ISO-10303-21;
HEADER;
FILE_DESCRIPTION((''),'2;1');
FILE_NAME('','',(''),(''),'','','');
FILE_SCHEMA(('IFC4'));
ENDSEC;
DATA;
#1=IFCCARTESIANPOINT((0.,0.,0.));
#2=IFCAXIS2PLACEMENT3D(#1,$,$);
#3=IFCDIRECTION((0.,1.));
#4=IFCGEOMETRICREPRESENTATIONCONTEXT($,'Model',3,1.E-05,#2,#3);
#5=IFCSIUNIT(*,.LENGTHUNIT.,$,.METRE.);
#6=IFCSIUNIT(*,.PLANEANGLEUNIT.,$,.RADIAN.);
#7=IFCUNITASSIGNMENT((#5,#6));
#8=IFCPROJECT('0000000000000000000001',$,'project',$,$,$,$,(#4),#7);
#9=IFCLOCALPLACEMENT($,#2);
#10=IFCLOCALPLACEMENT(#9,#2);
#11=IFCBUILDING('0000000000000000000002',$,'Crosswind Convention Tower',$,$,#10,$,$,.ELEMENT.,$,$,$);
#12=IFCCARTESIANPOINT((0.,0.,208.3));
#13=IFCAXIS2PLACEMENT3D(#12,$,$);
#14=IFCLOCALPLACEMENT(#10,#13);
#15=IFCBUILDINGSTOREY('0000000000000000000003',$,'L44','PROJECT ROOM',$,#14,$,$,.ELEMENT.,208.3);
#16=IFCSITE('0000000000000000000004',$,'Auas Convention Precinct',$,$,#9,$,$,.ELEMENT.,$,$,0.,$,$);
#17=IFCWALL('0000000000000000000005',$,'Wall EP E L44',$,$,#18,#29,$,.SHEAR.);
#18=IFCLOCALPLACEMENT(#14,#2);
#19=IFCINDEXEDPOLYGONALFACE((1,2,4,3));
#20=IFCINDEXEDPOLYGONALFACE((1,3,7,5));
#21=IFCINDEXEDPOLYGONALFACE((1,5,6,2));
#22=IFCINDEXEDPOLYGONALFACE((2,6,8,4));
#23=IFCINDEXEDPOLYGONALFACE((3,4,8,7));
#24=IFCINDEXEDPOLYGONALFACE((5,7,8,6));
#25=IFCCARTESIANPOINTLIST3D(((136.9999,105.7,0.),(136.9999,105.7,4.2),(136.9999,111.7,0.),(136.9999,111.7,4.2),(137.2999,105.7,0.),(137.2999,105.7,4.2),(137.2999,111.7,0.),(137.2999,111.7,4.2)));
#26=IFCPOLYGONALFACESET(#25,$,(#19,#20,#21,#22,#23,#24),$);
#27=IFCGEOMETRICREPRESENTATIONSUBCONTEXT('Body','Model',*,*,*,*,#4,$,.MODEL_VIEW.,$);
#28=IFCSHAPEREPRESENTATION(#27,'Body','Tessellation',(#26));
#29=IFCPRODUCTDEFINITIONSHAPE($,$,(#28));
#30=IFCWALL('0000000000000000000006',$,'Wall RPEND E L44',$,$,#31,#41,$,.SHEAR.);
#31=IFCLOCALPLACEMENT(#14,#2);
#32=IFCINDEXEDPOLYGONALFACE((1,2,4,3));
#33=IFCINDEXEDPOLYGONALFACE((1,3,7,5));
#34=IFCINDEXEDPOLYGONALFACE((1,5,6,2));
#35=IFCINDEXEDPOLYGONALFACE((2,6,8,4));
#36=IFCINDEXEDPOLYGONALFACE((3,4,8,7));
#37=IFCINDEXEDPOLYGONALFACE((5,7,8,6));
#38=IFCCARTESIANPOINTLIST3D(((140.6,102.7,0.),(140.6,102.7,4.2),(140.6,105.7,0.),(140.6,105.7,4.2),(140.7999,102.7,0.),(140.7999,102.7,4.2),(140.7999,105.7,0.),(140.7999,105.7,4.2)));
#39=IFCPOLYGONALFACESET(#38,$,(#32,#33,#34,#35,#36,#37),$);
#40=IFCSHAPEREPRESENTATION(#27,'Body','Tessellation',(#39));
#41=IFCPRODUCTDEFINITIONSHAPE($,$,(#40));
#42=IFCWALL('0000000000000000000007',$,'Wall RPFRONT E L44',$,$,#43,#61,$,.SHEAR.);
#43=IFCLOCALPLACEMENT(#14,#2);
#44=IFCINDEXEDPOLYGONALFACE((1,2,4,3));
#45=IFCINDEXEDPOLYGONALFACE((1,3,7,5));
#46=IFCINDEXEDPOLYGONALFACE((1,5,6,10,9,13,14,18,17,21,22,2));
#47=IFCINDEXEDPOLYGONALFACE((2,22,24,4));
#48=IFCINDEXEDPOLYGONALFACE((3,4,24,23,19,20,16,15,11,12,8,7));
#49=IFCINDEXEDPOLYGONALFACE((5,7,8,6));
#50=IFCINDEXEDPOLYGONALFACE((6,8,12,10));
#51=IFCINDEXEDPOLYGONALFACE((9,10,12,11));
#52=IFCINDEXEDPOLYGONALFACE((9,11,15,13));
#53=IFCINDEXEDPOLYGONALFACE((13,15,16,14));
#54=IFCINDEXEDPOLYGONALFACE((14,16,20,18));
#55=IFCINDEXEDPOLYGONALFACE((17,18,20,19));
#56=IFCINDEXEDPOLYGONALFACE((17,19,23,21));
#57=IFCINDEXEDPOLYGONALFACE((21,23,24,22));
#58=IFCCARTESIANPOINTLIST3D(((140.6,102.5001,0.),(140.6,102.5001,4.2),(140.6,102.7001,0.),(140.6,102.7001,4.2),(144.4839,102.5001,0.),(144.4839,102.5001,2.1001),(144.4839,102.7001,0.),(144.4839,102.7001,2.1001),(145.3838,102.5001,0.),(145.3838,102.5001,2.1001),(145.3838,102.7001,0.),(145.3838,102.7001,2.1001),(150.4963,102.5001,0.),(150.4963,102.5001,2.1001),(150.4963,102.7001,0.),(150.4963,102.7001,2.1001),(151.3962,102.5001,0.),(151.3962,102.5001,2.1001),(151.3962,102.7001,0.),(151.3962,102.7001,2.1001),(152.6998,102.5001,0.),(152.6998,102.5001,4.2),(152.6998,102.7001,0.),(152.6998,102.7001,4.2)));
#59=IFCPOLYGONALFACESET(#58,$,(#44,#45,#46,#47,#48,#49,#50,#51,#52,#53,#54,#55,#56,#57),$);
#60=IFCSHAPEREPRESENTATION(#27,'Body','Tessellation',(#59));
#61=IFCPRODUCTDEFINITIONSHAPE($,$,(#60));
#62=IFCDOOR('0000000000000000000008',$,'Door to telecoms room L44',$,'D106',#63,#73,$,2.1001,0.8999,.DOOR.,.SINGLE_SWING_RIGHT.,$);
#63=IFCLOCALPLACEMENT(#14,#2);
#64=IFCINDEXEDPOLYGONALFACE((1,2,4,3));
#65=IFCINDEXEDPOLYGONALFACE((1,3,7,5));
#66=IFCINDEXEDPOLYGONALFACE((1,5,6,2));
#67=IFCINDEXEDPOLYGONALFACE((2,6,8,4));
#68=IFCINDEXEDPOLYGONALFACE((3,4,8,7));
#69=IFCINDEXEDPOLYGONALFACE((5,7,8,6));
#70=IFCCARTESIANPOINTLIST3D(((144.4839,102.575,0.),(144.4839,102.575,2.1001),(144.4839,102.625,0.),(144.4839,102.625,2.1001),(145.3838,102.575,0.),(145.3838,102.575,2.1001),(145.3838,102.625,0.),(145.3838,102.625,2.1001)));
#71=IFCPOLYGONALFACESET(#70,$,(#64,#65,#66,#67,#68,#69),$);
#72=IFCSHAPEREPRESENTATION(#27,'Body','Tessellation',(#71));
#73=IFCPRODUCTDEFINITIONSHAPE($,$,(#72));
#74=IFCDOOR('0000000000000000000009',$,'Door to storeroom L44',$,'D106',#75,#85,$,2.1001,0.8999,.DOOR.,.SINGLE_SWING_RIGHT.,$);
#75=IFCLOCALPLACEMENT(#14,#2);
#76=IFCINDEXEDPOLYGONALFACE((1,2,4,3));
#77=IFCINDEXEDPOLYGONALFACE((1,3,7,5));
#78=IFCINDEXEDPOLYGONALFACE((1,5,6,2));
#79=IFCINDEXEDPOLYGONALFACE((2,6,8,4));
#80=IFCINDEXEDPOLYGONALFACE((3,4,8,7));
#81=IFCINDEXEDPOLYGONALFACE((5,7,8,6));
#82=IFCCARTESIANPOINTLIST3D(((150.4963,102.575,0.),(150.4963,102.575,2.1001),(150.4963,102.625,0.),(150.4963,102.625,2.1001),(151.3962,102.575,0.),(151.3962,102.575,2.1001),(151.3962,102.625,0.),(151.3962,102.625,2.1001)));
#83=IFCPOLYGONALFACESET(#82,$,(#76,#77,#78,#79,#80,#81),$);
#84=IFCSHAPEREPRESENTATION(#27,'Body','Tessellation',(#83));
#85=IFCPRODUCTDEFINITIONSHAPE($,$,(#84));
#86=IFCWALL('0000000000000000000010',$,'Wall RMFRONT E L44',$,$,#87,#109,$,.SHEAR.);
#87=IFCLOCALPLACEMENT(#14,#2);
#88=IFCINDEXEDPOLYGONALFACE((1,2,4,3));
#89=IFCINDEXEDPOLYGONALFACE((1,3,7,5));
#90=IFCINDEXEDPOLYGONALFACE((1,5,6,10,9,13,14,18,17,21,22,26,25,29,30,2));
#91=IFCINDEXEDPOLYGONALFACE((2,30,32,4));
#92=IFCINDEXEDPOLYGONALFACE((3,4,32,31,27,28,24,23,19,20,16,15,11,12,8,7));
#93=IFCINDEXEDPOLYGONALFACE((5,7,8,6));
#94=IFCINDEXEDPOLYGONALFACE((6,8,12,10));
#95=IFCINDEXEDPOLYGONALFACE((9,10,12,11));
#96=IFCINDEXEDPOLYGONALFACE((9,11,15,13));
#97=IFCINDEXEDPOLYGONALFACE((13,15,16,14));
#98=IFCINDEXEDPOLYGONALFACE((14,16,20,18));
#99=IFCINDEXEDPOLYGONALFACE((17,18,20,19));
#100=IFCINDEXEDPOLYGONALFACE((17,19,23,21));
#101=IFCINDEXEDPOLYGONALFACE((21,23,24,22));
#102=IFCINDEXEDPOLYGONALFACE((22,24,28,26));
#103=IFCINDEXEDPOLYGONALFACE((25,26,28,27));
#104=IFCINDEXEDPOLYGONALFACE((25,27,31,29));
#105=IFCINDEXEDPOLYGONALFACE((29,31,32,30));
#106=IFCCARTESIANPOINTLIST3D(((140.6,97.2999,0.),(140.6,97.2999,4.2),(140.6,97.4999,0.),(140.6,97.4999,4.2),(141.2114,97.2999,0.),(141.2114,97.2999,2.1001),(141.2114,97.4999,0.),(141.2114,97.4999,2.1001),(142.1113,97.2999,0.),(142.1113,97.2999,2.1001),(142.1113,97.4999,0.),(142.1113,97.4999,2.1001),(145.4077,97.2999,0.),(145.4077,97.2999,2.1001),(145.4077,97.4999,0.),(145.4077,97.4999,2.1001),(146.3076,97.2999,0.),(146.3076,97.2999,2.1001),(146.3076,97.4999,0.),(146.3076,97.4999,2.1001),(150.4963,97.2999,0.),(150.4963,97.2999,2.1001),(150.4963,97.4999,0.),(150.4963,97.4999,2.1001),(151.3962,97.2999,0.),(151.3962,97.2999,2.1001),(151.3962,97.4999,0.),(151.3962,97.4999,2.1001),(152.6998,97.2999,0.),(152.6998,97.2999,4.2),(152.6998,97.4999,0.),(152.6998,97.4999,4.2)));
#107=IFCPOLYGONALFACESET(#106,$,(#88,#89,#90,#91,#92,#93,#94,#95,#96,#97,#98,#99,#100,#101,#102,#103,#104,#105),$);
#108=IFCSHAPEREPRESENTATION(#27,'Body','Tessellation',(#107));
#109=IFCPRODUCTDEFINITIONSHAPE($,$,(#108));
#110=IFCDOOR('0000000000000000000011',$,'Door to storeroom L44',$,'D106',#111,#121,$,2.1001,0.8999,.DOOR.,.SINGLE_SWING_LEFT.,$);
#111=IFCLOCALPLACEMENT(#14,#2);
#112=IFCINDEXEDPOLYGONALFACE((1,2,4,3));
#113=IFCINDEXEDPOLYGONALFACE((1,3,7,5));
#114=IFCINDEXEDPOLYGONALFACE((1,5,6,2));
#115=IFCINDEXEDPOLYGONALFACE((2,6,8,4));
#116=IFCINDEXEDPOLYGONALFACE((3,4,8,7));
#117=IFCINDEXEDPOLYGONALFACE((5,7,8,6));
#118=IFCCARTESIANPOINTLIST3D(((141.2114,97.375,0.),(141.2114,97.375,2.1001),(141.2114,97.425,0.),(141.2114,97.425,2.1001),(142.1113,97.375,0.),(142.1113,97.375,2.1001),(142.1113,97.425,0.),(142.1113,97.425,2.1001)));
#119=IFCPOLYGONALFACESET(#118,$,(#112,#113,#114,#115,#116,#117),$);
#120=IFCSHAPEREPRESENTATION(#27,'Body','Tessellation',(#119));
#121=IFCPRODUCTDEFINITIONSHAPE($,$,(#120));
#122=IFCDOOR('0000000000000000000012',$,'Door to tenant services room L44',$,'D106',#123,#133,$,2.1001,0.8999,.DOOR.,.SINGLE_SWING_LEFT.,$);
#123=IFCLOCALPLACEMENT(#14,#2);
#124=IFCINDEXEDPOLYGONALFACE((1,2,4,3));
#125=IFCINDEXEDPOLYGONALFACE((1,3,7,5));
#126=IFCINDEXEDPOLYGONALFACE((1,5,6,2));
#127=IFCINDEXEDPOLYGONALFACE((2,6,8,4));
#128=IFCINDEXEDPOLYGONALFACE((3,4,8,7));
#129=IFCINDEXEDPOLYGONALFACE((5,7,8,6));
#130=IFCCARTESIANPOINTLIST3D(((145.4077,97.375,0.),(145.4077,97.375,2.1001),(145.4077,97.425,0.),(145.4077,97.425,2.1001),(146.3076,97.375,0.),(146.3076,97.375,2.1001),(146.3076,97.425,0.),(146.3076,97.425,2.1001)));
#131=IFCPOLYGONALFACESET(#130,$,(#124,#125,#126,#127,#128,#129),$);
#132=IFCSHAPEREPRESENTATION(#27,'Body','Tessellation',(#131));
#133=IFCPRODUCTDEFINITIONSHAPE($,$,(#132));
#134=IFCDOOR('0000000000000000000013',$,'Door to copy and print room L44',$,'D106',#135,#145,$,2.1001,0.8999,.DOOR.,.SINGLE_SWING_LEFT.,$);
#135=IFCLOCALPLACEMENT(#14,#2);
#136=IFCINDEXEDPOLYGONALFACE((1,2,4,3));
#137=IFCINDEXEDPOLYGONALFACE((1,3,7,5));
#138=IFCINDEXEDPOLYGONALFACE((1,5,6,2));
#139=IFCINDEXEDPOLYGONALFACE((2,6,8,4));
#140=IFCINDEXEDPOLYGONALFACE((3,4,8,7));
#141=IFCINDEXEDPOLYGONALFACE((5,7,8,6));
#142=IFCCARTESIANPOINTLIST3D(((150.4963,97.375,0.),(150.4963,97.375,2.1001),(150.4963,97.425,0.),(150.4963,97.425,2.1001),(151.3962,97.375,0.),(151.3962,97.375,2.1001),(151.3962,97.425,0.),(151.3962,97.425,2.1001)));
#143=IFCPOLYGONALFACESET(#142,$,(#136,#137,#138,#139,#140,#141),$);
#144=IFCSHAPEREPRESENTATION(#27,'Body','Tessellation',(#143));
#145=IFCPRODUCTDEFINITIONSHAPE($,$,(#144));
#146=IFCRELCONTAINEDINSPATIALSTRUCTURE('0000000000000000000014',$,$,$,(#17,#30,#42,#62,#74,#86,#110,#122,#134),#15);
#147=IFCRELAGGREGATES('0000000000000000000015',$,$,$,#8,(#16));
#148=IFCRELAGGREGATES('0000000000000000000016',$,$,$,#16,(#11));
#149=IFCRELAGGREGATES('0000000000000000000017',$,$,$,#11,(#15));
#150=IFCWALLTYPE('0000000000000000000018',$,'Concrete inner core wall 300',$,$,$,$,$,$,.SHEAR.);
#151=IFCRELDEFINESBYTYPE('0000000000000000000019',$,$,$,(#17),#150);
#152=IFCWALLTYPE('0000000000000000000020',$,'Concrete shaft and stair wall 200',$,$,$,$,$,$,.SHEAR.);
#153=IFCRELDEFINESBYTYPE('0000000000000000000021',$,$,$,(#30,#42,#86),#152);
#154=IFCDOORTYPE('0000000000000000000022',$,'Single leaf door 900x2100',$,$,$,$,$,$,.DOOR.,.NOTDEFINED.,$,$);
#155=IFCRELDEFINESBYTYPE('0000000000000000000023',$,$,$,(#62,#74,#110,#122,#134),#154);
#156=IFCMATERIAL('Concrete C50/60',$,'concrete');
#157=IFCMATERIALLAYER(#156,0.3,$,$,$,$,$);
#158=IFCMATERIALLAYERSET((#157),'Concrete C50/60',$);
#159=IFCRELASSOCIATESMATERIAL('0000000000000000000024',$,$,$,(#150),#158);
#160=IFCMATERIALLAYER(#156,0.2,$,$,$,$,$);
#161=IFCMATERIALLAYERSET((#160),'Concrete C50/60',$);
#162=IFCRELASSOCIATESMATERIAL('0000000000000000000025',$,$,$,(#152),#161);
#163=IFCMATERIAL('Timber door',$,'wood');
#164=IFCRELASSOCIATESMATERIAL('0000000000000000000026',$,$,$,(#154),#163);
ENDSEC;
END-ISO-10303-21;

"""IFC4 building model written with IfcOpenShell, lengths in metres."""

from ifc_helpers import new_model, si_unit, direction, frame, frame_2d, origin, place, context, subcontext, project, spatial, rectangle, extrude, material, layer, layer_set, type_object, element, fill, save


model = new_model("IFC4")

# Units and contexts
model_context = context("Model", 3, precision=1e-05, world=origin(), true_north=direction((0.0, 1.0)))
body_context = subcontext(model_context, "Body", "Model", "MODEL_VIEW")
ifc_project = project(units=[si_unit("LENGTHUNIT", "METRE"), si_unit("PLANEANGLEUNIT", "RADIAN")], contexts=[model_context])

# Site, building, storey
site_placement = place(None, origin())
site = spatial("IfcSite", under=ifc_project, at=site_placement, Name="Auas Convention Precinct", CompositionType="ELEMENT", RefElevation=0.0)
building_placement = place(site_placement, origin())
building = spatial("IfcBuilding", under=site, at=building_placement, Name="Crosswind Convention Tower", CompositionType="ELEMENT")
storey_placement = place(building_placement, frame((0.0, 0.0, 208.3)))
storey = spatial("IfcBuildingStorey", under=building, at=storey_placement, Name="L44", Description="PROJECT ROOM", CompositionType="ELEMENT", Elevation=208.3)

# Walls
ifc_material_1 = material(Name="Concrete C50/60", Category="concrete")
ifc_layer_1 = layer(ifc_material_1, 0.3)
ifc_layer_set_1 = layer_set([ifc_layer_1], Name="Concrete C50/60")
wall_type_1 = type_object("IfcWallType", Name="Concrete inner core wall 300", PredefinedType="SHEAR", material=ifc_layer_set_1)
wall_1_placement = place(storey_placement, frame((137.1499, 105.7, 0.0), z_axis=(0.0, 0.0, 1.0), x_axis=(0.0, 1.0, 0.0)))
element("IfcWall", 1, at=wall_1_placement, inside=storey, type_object=wall_type_1, Name="Wall EP E L44", PredefinedType="SHEAR", context=body_context, shape_type="SweptSolid", body=[
    extrude(rectangle(XDim=6.0, YDim=0.3, at=frame_2d((3.0, 0.0))), origin(), (0.0, 0.0, 1.0), 4.2),
])
ifc_layer_2 = layer(ifc_material_1, 0.2)
ifc_layer_set_2 = layer_set([ifc_layer_2], Name="Concrete C50/60")
wall_type_2 = type_object("IfcWallType", Name="Concrete shaft and stair wall 200", PredefinedType="SHEAR", material=ifc_layer_set_2)
wall_2_placement = place(storey_placement, frame((140.7, 102.7, 0.0), z_axis=(0.0, 0.0, 1.0), x_axis=(0.0, 1.0, 0.0)))
element("IfcWall", 2, at=wall_2_placement, inside=storey, type_object=wall_type_2, Name="Wall RPEND E L44", PredefinedType="SHEAR", context=body_context, shape_type="SweptSolid", body=[
    extrude(rectangle(XDim=3.0, YDim=0.2, at=frame_2d((1.5, 0.0))), origin(), (0.0, 0.0, 1.0), 4.2),
])

# Walls, openings, doors
wall_3_placement = place(storey_placement, frame((140.6001, 102.6001, 0.0), z_axis=(0.0, 0.0, 1.0), x_axis=(1.0, 0.0, 0.0)))
wall_3 = element("IfcWall", 3, at=wall_3_placement, inside=storey, type_object=wall_type_2, Name="Wall RPFRONT E L44", PredefinedType="SHEAR", context=body_context, shape_type="SweptSolid", body=[
    extrude(rectangle(XDim=12.0999, YDim=0.2, at=frame_2d((6.0498, 0.0))), origin(), (0.0, 0.0, 1.0), 4.2),
])
opening_1_placement = place(wall_3_placement, frame((3.8838, 0.0, 0.0)))
opening_1 = element("IfcOpeningElement", 4, at=opening_1_placement, cuts=wall_3, PredefinedType="OPENING", context=body_context, shape_type="SweptSolid", body=[
    extrude(rectangle(XDim=0.8999, YDim=2.1001, at=frame_2d((0.45, 1.05))), frame((0.0, 0.1099, 0.0), z_axis=(0.0, -1.0, 0.0), x_axis=(1.0, 0.0, 0.0)), (0.0, 0.0, 1.0), 0.22),
])
opening_2_placement = place(wall_3_placement, frame((9.8962, 0.0, 0.0)))
opening_2 = element("IfcOpeningElement", 5, at=opening_2_placement, cuts=wall_3, PredefinedType="OPENING", context=body_context, shape_type="SweptSolid", body=[
    extrude(rectangle(XDim=0.8999, YDim=2.1001, at=frame_2d((0.45, 1.05))), frame((0.0, 0.1099, 0.0), z_axis=(0.0, -1.0, 0.0), x_axis=(1.0, 0.0, 0.0)), (0.0, 0.0, 1.0), 0.22),
])
ifc_material_2 = material(Name="Timber door", Category="wood")
door_type_1 = type_object("IfcDoorType", Name="Single leaf door 900x2100", OperationType="NOTDEFINED", PredefinedType="DOOR", material=ifc_material_2)
door_1_placement = place(opening_1_placement, origin())
door_1 = element("IfcDoor", 6, at=door_1_placement, inside=storey, type_object=door_type_1, Name="Door to telecoms room L44", ObjectType="D106", OperationType="SINGLE_SWING_RIGHT", OverallHeight=2.1001, OverallWidth=0.8999, PredefinedType="DOOR", context=body_context, shape_type="SweptSolid", body=[
    extrude(rectangle(XDim=0.8999, YDim=2.1001, at=frame_2d((0.45, 1.05))), frame((0.0, 0.0249, 0.0), z_axis=(0.0, -1.0, 0.0), x_axis=(1.0, 0.0, 0.0)), (0.0, 0.0, 1.0), 0.05),
])
fill(opening_1, door_1)
door_2_placement = place(opening_2_placement, origin())
door_2 = element("IfcDoor", 7, at=door_2_placement, inside=storey, type_object=door_type_1, Name="Door to storeroom L44", ObjectType="D106", OperationType="SINGLE_SWING_RIGHT", OverallHeight=2.1001, OverallWidth=0.8999, PredefinedType="DOOR", context=body_context, shape_type="SweptSolid", body=[
    extrude(rectangle(XDim=0.8999, YDim=2.1001, at=frame_2d((0.45, 1.05))), frame((0.0, 0.0249, 0.0), z_axis=(0.0, -1.0, 0.0), x_axis=(1.0, 0.0, 0.0)), (0.0, 0.0, 1.0), 0.05),
])
fill(opening_2, door_2)
wall_4_placement = place(storey_placement, frame((140.6001, 97.3999, 0.0), z_axis=(0.0, 0.0, 1.0), x_axis=(1.0, 0.0, 0.0)))
wall_4 = element("IfcWall", 8, at=wall_4_placement, inside=storey, type_object=wall_type_2, Name="Wall RMFRONT E L44", PredefinedType="SHEAR", context=body_context, shape_type="SweptSolid", body=[
    extrude(rectangle(XDim=12.0999, YDim=0.2, at=frame_2d((6.0498, 0.0))), origin(), (0.0, 0.0, 1.0), 4.2),
])
opening_3_placement = place(wall_4_placement, frame((0.6113, 0.0, 0.0)))
opening_3 = element("IfcOpeningElement", 9, at=opening_3_placement, cuts=wall_4, PredefinedType="OPENING", context=body_context, shape_type="SweptSolid", body=[
    extrude(rectangle(XDim=0.8999, YDim=2.1001, at=frame_2d((0.45, 1.05))), frame((0.0, 0.1099, 0.0), z_axis=(0.0, -1.0, 0.0), x_axis=(1.0, 0.0, 0.0)), (0.0, 0.0, 1.0), 0.22),
])
opening_4_placement = place(wall_4_placement, frame((4.8076, 0.0, 0.0)))
opening_4 = element("IfcOpeningElement", 10, at=opening_4_placement, cuts=wall_4, PredefinedType="OPENING", context=body_context, shape_type="SweptSolid", body=[
    extrude(rectangle(XDim=0.8999, YDim=2.1001, at=frame_2d((0.45, 1.05))), frame((0.0, 0.1099, 0.0), z_axis=(0.0, -1.0, 0.0), x_axis=(1.0, 0.0, 0.0)), (0.0, 0.0, 1.0), 0.22),
])
opening_5_placement = place(wall_4_placement, frame((9.8962, 0.0, 0.0)))
opening_5 = element("IfcOpeningElement", 11, at=opening_5_placement, cuts=wall_4, PredefinedType="OPENING", context=body_context, shape_type="SweptSolid", body=[
    extrude(rectangle(XDim=0.8999, YDim=2.1001, at=frame_2d((0.45, 1.05))), frame((0.0, 0.1099, 0.0), z_axis=(0.0, -1.0, 0.0), x_axis=(1.0, 0.0, 0.0)), (0.0, 0.0, 1.0), 0.22),
])
door_3_placement = place(opening_3_placement, frame((0.8999, 0.0, 0.0), z_axis=(0.0, 0.0, 1.0), x_axis=(-1.0, 0.0, 0.0)))
door_3 = element("IfcDoor", 12, at=door_3_placement, inside=storey, type_object=door_type_1, Name="Door to storeroom L44", ObjectType="D106", OperationType="SINGLE_SWING_LEFT", OverallHeight=2.1001, OverallWidth=0.8999, PredefinedType="DOOR", context=body_context, shape_type="SweptSolid", body=[
    extrude(rectangle(XDim=0.8999, YDim=2.1001, at=frame_2d((0.45, 1.05))), frame((0.0, 0.0249, 0.0), z_axis=(0.0, -1.0, 0.0), x_axis=(1.0, 0.0, 0.0)), (0.0, 0.0, 1.0), 0.05),
])
fill(opening_3, door_3)
door_4_placement = place(opening_4_placement, frame((0.8999, 0.0, 0.0), z_axis=(0.0, 0.0, 1.0), x_axis=(-1.0, 0.0, 0.0)))
door_4 = element("IfcDoor", 13, at=door_4_placement, inside=storey, type_object=door_type_1, Name="Door to tenant services room L44", ObjectType="D106", OperationType="SINGLE_SWING_LEFT", OverallHeight=2.1001, OverallWidth=0.8999, PredefinedType="DOOR", context=body_context, shape_type="SweptSolid", body=[
    extrude(rectangle(XDim=0.8999, YDim=2.1001, at=frame_2d((0.45, 1.05))), frame((0.0, 0.0249, 0.0), z_axis=(0.0, -1.0, 0.0), x_axis=(1.0, 0.0, 0.0)), (0.0, 0.0, 1.0), 0.05),
])
fill(opening_4, door_4)
door_5_placement = place(opening_5_placement, frame((0.8999, 0.0, 0.0), z_axis=(0.0, 0.0, 1.0), x_axis=(-1.0, 0.0, 0.0)))
door_5 = element("IfcDoor", 14, at=door_5_placement, inside=storey, type_object=door_type_1, Name="Door to copy and print room L44", ObjectType="D106", OperationType="SINGLE_SWING_LEFT", OverallHeight=2.1001, OverallWidth=0.8999, PredefinedType="DOOR", context=body_context, shape_type="SweptSolid", body=[
    extrude(rectangle(XDim=0.8999, YDim=2.1001, at=frame_2d((0.45, 1.05))), frame((0.0, 0.0249, 0.0), z_axis=(0.0, -1.0, 0.0), x_axis=(1.0, 0.0, 0.0)), (0.0, 0.0, 1.0), 0.05),
])
fill(opening_5, door_5)

save(model, "model.ifc")
